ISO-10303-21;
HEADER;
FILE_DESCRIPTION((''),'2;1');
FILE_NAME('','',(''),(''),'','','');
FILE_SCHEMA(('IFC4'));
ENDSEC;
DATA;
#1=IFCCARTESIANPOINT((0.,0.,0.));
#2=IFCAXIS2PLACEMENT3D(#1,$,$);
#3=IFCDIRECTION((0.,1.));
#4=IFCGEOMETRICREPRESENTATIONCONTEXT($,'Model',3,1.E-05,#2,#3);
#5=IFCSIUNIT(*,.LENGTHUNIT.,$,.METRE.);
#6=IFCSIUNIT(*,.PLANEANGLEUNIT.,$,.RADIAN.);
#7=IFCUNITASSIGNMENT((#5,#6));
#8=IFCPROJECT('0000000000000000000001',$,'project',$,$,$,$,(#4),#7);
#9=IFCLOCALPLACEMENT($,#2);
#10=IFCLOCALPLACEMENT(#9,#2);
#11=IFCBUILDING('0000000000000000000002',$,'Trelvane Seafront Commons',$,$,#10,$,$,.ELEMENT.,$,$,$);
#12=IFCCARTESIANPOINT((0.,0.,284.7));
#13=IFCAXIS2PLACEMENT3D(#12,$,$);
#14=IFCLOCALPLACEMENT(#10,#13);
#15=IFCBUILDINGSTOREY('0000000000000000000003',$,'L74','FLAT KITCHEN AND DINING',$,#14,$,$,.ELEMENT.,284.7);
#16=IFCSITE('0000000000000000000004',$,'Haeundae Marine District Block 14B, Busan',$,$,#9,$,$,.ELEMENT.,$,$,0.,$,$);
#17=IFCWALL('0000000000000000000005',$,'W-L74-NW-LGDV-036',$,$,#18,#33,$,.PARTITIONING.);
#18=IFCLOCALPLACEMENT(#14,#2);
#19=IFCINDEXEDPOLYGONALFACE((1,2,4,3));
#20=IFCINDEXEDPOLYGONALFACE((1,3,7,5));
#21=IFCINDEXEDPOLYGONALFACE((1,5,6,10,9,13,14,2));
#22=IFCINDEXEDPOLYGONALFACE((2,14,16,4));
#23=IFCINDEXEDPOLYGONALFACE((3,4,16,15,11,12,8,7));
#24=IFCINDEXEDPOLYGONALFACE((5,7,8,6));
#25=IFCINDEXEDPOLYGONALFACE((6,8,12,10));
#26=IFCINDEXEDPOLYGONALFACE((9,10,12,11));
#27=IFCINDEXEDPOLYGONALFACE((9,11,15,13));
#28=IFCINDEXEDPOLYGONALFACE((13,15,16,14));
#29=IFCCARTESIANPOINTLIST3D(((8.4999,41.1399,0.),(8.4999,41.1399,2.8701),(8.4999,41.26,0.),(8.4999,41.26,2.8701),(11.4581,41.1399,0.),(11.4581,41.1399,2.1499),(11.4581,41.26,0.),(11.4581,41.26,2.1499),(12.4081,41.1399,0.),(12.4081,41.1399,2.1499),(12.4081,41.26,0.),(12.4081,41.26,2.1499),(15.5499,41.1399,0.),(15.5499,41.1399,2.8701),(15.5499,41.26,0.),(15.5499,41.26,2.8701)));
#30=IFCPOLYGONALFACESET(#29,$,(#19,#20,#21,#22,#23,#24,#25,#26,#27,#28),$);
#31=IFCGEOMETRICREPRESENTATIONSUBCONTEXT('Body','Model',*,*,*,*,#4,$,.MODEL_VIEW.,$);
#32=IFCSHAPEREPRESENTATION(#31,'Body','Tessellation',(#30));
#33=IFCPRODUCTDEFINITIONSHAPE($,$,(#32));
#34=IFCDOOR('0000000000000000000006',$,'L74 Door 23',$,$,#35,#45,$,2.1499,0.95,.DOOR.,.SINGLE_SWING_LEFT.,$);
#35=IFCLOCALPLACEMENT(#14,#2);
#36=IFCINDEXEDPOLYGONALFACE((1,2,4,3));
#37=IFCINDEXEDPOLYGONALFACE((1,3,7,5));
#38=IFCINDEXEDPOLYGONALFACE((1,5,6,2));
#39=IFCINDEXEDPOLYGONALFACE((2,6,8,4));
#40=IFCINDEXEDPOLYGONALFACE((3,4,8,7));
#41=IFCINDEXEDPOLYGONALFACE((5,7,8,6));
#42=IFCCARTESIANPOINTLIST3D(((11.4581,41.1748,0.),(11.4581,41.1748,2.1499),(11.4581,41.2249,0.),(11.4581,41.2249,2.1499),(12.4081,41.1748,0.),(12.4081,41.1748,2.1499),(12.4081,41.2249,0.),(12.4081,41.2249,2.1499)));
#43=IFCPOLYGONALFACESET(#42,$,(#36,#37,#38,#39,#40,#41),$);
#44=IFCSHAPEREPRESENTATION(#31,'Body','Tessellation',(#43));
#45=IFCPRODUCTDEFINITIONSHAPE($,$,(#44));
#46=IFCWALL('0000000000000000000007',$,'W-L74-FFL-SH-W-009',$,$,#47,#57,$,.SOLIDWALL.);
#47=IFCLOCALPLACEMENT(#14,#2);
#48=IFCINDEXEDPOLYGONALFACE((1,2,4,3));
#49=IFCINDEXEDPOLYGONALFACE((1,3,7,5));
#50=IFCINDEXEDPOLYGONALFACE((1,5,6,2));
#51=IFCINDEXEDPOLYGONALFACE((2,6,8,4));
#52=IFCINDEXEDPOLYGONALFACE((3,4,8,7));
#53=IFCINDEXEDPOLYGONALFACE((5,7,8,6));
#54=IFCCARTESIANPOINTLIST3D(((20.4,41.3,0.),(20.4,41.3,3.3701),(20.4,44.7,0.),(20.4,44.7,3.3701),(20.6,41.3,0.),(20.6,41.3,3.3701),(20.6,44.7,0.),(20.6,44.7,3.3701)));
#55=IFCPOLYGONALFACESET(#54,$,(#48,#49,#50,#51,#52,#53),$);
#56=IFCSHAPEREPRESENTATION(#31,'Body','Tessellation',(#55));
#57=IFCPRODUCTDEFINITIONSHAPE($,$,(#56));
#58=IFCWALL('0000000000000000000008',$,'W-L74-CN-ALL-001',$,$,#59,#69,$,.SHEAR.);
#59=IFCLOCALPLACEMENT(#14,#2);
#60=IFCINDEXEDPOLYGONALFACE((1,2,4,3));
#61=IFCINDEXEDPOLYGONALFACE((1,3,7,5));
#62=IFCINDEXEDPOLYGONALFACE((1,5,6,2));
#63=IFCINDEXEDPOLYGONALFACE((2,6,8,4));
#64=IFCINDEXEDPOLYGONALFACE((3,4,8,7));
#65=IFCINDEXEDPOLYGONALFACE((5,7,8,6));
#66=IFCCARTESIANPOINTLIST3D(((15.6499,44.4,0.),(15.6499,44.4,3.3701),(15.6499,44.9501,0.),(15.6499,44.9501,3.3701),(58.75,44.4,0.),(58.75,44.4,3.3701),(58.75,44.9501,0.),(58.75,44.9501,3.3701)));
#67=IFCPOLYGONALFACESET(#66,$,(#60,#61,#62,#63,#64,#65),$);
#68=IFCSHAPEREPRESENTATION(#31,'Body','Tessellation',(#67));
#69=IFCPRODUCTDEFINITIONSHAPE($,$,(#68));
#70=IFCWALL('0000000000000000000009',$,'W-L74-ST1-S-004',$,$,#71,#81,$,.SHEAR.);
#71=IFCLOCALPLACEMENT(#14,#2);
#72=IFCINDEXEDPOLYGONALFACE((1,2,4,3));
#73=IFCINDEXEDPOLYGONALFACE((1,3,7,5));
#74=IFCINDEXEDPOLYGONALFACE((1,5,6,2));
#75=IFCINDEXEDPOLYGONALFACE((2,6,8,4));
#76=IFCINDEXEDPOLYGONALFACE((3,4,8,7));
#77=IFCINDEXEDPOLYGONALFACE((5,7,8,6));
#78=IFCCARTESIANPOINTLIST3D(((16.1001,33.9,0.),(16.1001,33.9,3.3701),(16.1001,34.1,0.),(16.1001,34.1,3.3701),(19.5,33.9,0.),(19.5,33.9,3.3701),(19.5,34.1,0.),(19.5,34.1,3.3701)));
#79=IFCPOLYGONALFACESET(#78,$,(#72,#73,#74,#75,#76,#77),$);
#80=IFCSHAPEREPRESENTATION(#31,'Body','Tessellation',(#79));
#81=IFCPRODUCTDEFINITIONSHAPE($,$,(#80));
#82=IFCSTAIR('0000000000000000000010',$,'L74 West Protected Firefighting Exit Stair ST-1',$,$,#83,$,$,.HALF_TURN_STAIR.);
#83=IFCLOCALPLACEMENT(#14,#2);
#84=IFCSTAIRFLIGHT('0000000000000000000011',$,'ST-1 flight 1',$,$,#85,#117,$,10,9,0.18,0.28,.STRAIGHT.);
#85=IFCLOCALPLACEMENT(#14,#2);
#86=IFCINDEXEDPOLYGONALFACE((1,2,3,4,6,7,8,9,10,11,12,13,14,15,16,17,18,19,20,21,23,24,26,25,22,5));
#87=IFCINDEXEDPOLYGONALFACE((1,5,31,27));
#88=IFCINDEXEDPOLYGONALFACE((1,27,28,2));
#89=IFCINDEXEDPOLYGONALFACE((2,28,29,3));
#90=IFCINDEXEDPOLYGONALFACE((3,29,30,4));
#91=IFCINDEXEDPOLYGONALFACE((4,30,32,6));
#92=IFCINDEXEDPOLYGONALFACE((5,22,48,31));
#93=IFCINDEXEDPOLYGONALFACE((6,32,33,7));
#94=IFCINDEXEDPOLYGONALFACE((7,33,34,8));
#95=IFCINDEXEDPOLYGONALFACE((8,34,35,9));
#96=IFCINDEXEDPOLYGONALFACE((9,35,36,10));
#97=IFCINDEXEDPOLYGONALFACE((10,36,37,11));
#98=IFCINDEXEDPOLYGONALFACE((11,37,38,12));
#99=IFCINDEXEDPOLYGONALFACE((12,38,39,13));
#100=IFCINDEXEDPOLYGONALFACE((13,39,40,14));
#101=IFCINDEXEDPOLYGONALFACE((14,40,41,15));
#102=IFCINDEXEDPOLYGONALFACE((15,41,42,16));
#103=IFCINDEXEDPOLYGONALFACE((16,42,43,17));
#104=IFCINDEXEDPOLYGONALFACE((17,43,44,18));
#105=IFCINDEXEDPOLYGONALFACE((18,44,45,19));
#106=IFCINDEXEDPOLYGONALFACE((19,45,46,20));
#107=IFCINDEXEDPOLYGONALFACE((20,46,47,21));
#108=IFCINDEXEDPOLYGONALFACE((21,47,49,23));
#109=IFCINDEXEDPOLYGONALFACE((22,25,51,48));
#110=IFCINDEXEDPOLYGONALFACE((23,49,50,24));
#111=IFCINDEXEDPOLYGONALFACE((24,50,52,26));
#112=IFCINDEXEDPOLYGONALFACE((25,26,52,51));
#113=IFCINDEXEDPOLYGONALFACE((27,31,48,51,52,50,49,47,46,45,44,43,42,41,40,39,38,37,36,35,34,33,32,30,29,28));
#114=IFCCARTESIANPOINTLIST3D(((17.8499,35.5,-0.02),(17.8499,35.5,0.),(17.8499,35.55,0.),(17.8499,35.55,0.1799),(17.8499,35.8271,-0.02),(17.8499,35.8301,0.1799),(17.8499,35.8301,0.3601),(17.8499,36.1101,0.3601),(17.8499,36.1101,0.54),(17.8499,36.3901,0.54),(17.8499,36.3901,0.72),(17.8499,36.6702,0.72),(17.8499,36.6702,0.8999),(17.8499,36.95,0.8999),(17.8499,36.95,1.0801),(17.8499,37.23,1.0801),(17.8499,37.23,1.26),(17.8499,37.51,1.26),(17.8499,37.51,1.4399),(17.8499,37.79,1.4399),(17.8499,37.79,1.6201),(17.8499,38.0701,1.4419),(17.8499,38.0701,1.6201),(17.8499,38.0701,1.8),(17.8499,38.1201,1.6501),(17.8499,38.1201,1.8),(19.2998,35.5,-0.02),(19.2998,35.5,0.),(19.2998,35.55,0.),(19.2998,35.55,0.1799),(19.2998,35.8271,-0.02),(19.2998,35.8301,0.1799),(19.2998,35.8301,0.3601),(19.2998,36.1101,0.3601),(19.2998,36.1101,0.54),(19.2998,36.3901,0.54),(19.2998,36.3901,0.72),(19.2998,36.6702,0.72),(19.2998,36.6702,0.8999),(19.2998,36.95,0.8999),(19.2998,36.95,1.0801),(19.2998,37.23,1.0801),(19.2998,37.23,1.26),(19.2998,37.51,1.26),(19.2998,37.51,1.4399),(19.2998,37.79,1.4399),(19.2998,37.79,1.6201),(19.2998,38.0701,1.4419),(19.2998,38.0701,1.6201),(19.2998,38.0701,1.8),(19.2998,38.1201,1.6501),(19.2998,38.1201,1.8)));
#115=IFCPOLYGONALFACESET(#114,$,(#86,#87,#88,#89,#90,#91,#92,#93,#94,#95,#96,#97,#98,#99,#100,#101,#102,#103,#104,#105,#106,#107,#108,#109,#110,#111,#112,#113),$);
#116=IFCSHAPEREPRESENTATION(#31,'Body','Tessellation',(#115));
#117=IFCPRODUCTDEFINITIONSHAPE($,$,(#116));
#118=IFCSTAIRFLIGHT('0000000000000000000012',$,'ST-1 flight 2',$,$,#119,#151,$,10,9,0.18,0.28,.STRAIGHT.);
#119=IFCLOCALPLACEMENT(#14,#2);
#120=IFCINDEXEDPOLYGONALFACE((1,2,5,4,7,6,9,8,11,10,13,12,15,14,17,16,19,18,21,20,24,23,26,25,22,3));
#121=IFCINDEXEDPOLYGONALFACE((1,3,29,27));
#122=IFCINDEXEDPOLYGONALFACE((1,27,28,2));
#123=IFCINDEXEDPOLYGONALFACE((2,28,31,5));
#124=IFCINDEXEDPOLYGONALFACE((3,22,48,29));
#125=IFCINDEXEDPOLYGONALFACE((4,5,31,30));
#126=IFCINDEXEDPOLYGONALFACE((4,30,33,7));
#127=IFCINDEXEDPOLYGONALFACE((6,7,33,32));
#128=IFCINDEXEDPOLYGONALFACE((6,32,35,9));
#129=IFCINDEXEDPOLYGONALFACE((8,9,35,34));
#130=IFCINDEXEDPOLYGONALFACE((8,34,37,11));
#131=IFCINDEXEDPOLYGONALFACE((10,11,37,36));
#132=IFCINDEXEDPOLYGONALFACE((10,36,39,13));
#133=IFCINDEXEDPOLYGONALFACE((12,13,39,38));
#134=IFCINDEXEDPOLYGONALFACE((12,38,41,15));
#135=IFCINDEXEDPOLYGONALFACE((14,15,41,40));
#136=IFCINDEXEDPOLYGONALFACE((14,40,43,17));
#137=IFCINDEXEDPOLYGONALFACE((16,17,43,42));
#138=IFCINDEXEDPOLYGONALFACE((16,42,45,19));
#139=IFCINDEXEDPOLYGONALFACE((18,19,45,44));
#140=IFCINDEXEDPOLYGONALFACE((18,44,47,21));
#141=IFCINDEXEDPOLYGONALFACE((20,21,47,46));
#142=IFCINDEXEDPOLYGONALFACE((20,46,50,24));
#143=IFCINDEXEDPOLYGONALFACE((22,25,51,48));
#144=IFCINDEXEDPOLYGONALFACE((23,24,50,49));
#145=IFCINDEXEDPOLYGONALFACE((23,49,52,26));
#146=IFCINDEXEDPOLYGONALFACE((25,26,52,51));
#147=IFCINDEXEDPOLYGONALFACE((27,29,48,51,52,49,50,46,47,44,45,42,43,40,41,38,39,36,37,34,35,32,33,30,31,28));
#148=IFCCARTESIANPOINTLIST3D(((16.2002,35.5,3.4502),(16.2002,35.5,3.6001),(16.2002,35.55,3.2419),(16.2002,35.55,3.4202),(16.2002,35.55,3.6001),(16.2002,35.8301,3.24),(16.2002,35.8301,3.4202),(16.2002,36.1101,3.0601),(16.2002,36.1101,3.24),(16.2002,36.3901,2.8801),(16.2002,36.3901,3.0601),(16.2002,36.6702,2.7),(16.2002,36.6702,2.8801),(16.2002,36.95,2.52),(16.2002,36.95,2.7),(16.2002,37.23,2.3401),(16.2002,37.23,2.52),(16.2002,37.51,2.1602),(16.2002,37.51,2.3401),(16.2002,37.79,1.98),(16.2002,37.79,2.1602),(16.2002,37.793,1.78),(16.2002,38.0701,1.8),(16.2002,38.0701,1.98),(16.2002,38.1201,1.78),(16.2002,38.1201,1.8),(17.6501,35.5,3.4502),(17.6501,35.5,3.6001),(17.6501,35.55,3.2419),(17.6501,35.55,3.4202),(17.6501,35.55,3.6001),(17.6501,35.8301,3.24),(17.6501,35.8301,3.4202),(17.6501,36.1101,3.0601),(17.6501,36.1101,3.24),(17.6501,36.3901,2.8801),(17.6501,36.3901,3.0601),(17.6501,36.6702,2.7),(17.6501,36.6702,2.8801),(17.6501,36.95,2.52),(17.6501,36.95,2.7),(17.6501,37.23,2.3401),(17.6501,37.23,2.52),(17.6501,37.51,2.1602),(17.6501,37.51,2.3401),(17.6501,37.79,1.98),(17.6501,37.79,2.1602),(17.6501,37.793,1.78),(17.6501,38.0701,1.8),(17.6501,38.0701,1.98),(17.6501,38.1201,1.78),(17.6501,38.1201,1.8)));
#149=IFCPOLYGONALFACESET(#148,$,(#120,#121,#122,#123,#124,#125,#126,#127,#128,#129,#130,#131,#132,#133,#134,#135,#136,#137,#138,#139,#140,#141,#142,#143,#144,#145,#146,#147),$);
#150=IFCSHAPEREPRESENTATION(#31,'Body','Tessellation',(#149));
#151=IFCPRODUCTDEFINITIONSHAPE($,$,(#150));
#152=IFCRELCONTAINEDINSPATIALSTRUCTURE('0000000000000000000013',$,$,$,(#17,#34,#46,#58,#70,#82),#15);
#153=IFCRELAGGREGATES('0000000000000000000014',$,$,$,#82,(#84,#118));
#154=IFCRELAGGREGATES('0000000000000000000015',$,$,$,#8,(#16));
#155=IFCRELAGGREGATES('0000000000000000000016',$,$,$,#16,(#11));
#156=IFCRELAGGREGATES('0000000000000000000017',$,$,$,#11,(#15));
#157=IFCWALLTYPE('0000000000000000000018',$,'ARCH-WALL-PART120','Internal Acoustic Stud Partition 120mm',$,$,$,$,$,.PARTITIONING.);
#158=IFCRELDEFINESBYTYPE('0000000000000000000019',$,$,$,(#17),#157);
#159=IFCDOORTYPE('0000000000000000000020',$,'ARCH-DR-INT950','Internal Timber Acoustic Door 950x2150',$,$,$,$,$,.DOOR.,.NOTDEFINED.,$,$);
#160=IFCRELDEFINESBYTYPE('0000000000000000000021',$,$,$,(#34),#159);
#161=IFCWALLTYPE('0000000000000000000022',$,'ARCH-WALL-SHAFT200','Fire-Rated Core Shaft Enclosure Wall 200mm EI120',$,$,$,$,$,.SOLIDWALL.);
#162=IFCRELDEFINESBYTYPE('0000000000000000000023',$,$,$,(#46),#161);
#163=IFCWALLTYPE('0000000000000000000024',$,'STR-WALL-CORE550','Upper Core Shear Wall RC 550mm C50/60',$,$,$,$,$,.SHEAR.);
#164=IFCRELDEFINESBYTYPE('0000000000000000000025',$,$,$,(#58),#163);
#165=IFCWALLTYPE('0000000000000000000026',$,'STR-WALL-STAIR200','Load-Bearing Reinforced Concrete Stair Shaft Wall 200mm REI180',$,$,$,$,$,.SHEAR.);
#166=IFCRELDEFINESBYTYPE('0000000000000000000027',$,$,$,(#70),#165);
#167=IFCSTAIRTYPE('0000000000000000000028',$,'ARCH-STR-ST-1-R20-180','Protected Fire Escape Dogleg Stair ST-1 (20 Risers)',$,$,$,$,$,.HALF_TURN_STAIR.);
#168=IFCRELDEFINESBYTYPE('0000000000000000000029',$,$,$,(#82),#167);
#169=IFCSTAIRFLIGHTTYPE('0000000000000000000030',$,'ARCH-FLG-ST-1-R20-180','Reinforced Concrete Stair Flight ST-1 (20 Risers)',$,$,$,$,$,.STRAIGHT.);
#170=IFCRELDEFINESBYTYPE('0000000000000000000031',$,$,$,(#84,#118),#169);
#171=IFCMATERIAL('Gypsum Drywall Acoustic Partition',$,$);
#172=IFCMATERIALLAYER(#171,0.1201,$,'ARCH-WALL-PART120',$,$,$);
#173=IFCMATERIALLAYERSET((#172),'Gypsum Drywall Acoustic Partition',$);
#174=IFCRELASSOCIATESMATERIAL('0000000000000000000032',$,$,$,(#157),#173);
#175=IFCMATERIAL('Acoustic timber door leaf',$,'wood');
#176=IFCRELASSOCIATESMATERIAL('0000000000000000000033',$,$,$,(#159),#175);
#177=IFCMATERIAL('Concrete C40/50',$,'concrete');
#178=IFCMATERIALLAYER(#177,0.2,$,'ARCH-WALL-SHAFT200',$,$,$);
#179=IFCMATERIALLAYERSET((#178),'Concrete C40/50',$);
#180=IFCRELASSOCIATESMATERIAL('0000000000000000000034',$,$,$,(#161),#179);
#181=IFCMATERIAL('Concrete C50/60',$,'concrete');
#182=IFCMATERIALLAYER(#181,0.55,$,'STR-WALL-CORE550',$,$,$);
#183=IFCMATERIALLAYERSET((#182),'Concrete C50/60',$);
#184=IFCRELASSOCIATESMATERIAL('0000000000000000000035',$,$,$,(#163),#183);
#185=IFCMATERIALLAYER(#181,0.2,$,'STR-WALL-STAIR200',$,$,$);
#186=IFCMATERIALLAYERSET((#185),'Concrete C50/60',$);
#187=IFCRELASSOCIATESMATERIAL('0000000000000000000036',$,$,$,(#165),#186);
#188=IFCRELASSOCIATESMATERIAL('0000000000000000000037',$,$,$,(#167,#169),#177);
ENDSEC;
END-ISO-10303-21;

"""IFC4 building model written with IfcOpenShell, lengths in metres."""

from ifc_helpers import new_model, si_unit, direction, frame, frame_2d, origin, place, context, subcontext, project, spatial, polyline, rectangle, outline, extrude, source, transform, mapped, material, layer, layer_set, type_object, element, fill, aggregate, save


model = new_model("IFC4")

# Units and contexts
model_context = context("Model", 3, precision=1e-05, world=origin(), true_north=direction((0.0, 1.0)))
body_context = subcontext(model_context, "Body", "Model", "MODEL_VIEW")
ifc_project = project(units=[si_unit("LENGTHUNIT", "METRE"), si_unit("PLANEANGLEUNIT", "RADIAN")], contexts=[model_context])

# Site, building, storey
site_placement = place(None, origin())
site = spatial("IfcSite", under=ifc_project, at=site_placement, Name="Haeundae Marine District Block 14B, Busan", CompositionType="ELEMENT", RefElevation=0.0)
building_placement = place(site_placement, origin())
building = spatial("IfcBuilding", under=site, at=building_placement, Name="Trelvane Seafront Commons", CompositionType="ELEMENT")
storey_placement = place(building_placement, frame((0.0, 0.0, 284.7)))
storey = spatial("IfcBuildingStorey", under=building, at=storey_placement, Name="L74", Description="FLAT KITCHEN AND DINING", CompositionType="ELEMENT", Elevation=284.7)

# Shared definitions
ifc_material_1 = material(Name="Concrete C50/60", Category="concrete")

# Wall, opening, door
ifc_material_2 = material(Name="Gypsum Drywall Acoustic Partition")
ifc_layer_1 = layer(ifc_material_2, 0.1201, Name="ARCH-WALL-PART120")
ifc_layer_set_1 = layer_set([ifc_layer_1], Name="Gypsum Drywall Acoustic Partition")
wall_type_1 = type_object("IfcWallType", Name="ARCH-WALL-PART120", Description="Internal Acoustic Stud Partition 120mm", PredefinedType="PARTITIONING", material=ifc_layer_set_1)
wall_1_placement = place(storey_placement, frame((8.5, 41.2, 0.0), z_axis=(0.0, 0.0, 1.0), x_axis=(1.0, 0.0, 0.0)))
wall_1 = element("IfcWall", 1, at=wall_1_placement, inside=storey, type_object=wall_type_1, Name="W-L74-NW-LGDV-036", PredefinedType="PARTITIONING", context=body_context, shape_type="SweptSolid", body=[
    extrude(rectangle(XDim=7.05, YDim=0.1201, at=frame_2d((3.5249, 0.0))), origin(), (0.0, 0.0, 1.0), 2.8701),
])
opening_1_placement = place(wall_1_placement, frame((2.958, 0.0, 0.0)))
opening_1 = element("IfcOpeningElement", 2, at=opening_1_placement, cuts=wall_1, PredefinedType="OPENING", context=body_context, shape_type="SweptSolid", body=[
    extrude(rectangle(XDim=0.95, YDim=2.1499, at=frame_2d((0.4751, 1.075))), frame((0.0, 0.0701, 0.0), z_axis=(0.0, -1.0, 0.0), x_axis=(1.0, 0.0, 0.0)), (0.0, 0.0, 1.0), 0.1401),
])
ifc_material_3 = material(Name="Acoustic timber door leaf", Category="wood")
door_type_1 = type_object("IfcDoorType", Name="ARCH-DR-INT950", Description="Internal Timber Acoustic Door 950x2150", OperationType="NOTDEFINED", PredefinedType="DOOR", material=ifc_material_3)
shared_shape_1 = source(origin(), body_context, "Body", "SweptSolid", [
    extrude(rectangle(XDim=0.95, YDim=2.1499, at=frame_2d((0.4751, 1.075))), frame((0.0, 0.0249, 0.0), z_axis=(0.0, -1.0, 0.0), x_axis=(1.0, 0.0, 0.0)), (0.0, 0.0, 1.0), 0.05),
])
door_1_placement = place(opening_1_placement, origin())
door_1 = element("IfcDoor", 3, at=door_1_placement, inside=storey, type_object=door_type_1, Name="L74 Door 23", OperationType="SINGLE_SWING_LEFT", OverallHeight=2.1499, OverallWidth=0.95, PredefinedType="DOOR", context=body_context, shape_type="MappedRepresentation", body=[
    mapped(shared_shape_1, transform((0.0, 0.0, 0.0), x_axis=(1.0, 0.0, 0.0), y_axis=(0.0, 1.0, 0.0), z_axis=(0.0, 0.0, 1.0), scale=1.0)),
])
fill(opening_1, door_1)

# Shared definitions
ifc_material_4 = material(Name="Concrete C40/50", Category="concrete")
ifc_layer_2 = layer(ifc_material_4, 0.2, Name="ARCH-WALL-SHAFT200")
ifc_layer_set_2 = layer_set([ifc_layer_2], Name="Concrete C40/50")
wall_type_2 = type_object("IfcWallType", Name="ARCH-WALL-SHAFT200", Description="Fire-Rated Core Shaft Enclosure Wall 200mm EI120", PredefinedType="SOLIDWALL", material=ifc_layer_set_2)

# Walls
wall_2_placement = place(storey_placement, frame((20.5, 41.3, 0.0), z_axis=(0.0, 0.0, 1.0), x_axis=(0.0, 1.0, 0.0)))
element("IfcWall", 4, at=wall_2_placement, inside=storey, type_object=wall_type_2, Name="W-L74-FFL-SH-W-009", PredefinedType="SOLIDWALL", context=body_context, shape_type="SweptSolid", body=[
    extrude(rectangle(XDim=3.3999, YDim=0.2, at=frame_2d((1.7, 0.0))), origin(), (0.0, 0.0, 1.0), 3.3701),
])
ifc_layer_3 = layer(ifc_material_1, 0.55, Name="STR-WALL-CORE550")
ifc_layer_set_3 = layer_set([ifc_layer_3], Name="Concrete C50/60")
wall_type_3 = type_object("IfcWallType", Name="STR-WALL-CORE550", Description="Upper Core Shear Wall RC 550mm C50/60", PredefinedType="SHEAR", material=ifc_layer_set_3)
wall_3_placement = place(storey_placement, frame((15.6499, 44.675, 0.0), z_axis=(0.0, 0.0, 1.0), x_axis=(1.0, 0.0, 0.0)))
element("IfcWall", 5, at=wall_3_placement, inside=storey, type_object=wall_type_3, Name="W-L74-CN-ALL-001", PredefinedType="SHEAR", context=body_context, shape_type="SweptSolid", body=[
    extrude(rectangle(XDim=43.1001, YDim=0.55, at=frame_2d((21.55, 0.0))), origin(), (0.0, 0.0, 1.0), 3.3701),
])
ifc_layer_4 = layer(ifc_material_1, 0.2, Name="STR-WALL-STAIR200")
ifc_layer_set_4 = layer_set([ifc_layer_4], Name="Concrete C50/60")
wall_type_4 = type_object("IfcWallType", Name="STR-WALL-STAIR200", Description="Load-Bearing Reinforced Concrete Stair Shaft Wall 200mm REI180", PredefinedType="SHEAR", material=ifc_layer_set_4)
wall_4_placement = place(storey_placement, frame((16.1001, 34.0, 0.0), z_axis=(0.0, 0.0, 1.0), x_axis=(1.0, 0.0, 0.0)))
element("IfcWall", 6, at=wall_4_placement, inside=storey, type_object=wall_type_4, Name="W-L74-ST1-S-004", PredefinedType="SHEAR", context=body_context, shape_type="SweptSolid", body=[
    extrude(rectangle(XDim=3.3999, YDim=0.2, at=frame_2d((1.7, 0.0))), origin(), (0.0, 0.0, 1.0), 3.3701),
])

# Stair, stair flights
stair_type = type_object("IfcStairType", Name="ARCH-STR-ST-1-R20-180", Description="Protected Fire Escape Dogleg Stair ST-1 (20 Risers)", PredefinedType="HALF_TURN_STAIR", material=ifc_material_4)
stair_placement = place(storey_placement, origin())
stair = element("IfcStair", 7, at=stair_placement, inside=storey, type_object=stair_type, Name="L74 West Protected Firefighting Exit Stair ST-1", PredefinedType="HALF_TURN_STAIR")
stair_flight_type = type_object("IfcStairFlightType", Name="ARCH-FLG-ST-1-R20-180", Description="Reinforced Concrete Stair Flight ST-1 (20 Risers)", PredefinedType="STRAIGHT", material=ifc_material_4)
shared_shape_2 = source(origin(), body_context, "Body", "SweptSolid", [
    extrude(outline(polyline([(-0.05, -0.02), (-0.05, 0.0), (0.0, 0.0), (0.0, 0.1799), (0.28, 0.1799), (0.28, 0.3601), (0.5601, 0.3601), (0.5601, 0.54), (0.8401, 0.54), (0.8401, 0.72), (1.1201, 0.72), (1.1201, 0.8999), (1.3999, 0.8999), (1.3999, 1.0801), (1.6799, 1.0801), (1.6799, 1.26), (1.96, 1.26), (1.96, 1.4399), (2.24, 1.4399), (2.24, 1.6201), (2.52, 1.6201), (2.52, 1.8), (2.5701, 1.8), (2.5701, 1.6501), (2.52, 1.4419), (0.2771, -0.02), (-0.05, -0.02)])), frame((0.0, 0.7251, 0.0), z_axis=(0.0, -1.0, 0.0), x_axis=(1.0, 0.0, 0.0)), (0.0, 0.0, 1.0), 1.45),
])
stair_flight_1_placement = place(storey_placement, frame((18.575, 35.55, 0.0), z_axis=(0.0, 0.0, 1.0), x_axis=(0.0, 1.0, 0.0)))
stair_flight_1 = element("IfcStairFlight", 8, at=stair_flight_1_placement, type_object=stair_flight_type, Name="ST-1 flight 1", NumberOfRisers=10, NumberOfTreads=9, PredefinedType="STRAIGHT", RiserHeight=0.18, TreadLength=0.28, context=body_context, shape_type="MappedRepresentation", body=[
    mapped(shared_shape_2, transform((0.0, 0.0, 0.0), x_axis=(1.0, 0.0, 0.0), y_axis=(0.0, 1.0, 0.0), z_axis=(0.0, 0.0, 1.0), scale=1.0)),
])
stair_flight_2_placement = place(storey_placement, frame((16.925, 38.0701, 1.8), z_axis=(0.0, 0.0, 1.0), x_axis=(0.0, -1.0, 0.0)))
stair_flight_2 = element("IfcStairFlight", 9, at=stair_flight_2_placement, type_object=stair_flight_type, Name="ST-1 flight 2", NumberOfRisers=10, NumberOfTreads=9, PredefinedType="STRAIGHT", RiserHeight=0.18, TreadLength=0.28, context=body_context, shape_type="MappedRepresentation", body=[
    mapped(shared_shape_2, transform((0.0, 0.0, 0.0), x_axis=(1.0, 0.0, 0.0), y_axis=(0.0, 1.0, 0.0), z_axis=(0.0, 0.0, 1.0), scale=1.0)),
])
aggregate(stair, [stair_flight_1, stair_flight_2])

save(model, "model.ifc")
